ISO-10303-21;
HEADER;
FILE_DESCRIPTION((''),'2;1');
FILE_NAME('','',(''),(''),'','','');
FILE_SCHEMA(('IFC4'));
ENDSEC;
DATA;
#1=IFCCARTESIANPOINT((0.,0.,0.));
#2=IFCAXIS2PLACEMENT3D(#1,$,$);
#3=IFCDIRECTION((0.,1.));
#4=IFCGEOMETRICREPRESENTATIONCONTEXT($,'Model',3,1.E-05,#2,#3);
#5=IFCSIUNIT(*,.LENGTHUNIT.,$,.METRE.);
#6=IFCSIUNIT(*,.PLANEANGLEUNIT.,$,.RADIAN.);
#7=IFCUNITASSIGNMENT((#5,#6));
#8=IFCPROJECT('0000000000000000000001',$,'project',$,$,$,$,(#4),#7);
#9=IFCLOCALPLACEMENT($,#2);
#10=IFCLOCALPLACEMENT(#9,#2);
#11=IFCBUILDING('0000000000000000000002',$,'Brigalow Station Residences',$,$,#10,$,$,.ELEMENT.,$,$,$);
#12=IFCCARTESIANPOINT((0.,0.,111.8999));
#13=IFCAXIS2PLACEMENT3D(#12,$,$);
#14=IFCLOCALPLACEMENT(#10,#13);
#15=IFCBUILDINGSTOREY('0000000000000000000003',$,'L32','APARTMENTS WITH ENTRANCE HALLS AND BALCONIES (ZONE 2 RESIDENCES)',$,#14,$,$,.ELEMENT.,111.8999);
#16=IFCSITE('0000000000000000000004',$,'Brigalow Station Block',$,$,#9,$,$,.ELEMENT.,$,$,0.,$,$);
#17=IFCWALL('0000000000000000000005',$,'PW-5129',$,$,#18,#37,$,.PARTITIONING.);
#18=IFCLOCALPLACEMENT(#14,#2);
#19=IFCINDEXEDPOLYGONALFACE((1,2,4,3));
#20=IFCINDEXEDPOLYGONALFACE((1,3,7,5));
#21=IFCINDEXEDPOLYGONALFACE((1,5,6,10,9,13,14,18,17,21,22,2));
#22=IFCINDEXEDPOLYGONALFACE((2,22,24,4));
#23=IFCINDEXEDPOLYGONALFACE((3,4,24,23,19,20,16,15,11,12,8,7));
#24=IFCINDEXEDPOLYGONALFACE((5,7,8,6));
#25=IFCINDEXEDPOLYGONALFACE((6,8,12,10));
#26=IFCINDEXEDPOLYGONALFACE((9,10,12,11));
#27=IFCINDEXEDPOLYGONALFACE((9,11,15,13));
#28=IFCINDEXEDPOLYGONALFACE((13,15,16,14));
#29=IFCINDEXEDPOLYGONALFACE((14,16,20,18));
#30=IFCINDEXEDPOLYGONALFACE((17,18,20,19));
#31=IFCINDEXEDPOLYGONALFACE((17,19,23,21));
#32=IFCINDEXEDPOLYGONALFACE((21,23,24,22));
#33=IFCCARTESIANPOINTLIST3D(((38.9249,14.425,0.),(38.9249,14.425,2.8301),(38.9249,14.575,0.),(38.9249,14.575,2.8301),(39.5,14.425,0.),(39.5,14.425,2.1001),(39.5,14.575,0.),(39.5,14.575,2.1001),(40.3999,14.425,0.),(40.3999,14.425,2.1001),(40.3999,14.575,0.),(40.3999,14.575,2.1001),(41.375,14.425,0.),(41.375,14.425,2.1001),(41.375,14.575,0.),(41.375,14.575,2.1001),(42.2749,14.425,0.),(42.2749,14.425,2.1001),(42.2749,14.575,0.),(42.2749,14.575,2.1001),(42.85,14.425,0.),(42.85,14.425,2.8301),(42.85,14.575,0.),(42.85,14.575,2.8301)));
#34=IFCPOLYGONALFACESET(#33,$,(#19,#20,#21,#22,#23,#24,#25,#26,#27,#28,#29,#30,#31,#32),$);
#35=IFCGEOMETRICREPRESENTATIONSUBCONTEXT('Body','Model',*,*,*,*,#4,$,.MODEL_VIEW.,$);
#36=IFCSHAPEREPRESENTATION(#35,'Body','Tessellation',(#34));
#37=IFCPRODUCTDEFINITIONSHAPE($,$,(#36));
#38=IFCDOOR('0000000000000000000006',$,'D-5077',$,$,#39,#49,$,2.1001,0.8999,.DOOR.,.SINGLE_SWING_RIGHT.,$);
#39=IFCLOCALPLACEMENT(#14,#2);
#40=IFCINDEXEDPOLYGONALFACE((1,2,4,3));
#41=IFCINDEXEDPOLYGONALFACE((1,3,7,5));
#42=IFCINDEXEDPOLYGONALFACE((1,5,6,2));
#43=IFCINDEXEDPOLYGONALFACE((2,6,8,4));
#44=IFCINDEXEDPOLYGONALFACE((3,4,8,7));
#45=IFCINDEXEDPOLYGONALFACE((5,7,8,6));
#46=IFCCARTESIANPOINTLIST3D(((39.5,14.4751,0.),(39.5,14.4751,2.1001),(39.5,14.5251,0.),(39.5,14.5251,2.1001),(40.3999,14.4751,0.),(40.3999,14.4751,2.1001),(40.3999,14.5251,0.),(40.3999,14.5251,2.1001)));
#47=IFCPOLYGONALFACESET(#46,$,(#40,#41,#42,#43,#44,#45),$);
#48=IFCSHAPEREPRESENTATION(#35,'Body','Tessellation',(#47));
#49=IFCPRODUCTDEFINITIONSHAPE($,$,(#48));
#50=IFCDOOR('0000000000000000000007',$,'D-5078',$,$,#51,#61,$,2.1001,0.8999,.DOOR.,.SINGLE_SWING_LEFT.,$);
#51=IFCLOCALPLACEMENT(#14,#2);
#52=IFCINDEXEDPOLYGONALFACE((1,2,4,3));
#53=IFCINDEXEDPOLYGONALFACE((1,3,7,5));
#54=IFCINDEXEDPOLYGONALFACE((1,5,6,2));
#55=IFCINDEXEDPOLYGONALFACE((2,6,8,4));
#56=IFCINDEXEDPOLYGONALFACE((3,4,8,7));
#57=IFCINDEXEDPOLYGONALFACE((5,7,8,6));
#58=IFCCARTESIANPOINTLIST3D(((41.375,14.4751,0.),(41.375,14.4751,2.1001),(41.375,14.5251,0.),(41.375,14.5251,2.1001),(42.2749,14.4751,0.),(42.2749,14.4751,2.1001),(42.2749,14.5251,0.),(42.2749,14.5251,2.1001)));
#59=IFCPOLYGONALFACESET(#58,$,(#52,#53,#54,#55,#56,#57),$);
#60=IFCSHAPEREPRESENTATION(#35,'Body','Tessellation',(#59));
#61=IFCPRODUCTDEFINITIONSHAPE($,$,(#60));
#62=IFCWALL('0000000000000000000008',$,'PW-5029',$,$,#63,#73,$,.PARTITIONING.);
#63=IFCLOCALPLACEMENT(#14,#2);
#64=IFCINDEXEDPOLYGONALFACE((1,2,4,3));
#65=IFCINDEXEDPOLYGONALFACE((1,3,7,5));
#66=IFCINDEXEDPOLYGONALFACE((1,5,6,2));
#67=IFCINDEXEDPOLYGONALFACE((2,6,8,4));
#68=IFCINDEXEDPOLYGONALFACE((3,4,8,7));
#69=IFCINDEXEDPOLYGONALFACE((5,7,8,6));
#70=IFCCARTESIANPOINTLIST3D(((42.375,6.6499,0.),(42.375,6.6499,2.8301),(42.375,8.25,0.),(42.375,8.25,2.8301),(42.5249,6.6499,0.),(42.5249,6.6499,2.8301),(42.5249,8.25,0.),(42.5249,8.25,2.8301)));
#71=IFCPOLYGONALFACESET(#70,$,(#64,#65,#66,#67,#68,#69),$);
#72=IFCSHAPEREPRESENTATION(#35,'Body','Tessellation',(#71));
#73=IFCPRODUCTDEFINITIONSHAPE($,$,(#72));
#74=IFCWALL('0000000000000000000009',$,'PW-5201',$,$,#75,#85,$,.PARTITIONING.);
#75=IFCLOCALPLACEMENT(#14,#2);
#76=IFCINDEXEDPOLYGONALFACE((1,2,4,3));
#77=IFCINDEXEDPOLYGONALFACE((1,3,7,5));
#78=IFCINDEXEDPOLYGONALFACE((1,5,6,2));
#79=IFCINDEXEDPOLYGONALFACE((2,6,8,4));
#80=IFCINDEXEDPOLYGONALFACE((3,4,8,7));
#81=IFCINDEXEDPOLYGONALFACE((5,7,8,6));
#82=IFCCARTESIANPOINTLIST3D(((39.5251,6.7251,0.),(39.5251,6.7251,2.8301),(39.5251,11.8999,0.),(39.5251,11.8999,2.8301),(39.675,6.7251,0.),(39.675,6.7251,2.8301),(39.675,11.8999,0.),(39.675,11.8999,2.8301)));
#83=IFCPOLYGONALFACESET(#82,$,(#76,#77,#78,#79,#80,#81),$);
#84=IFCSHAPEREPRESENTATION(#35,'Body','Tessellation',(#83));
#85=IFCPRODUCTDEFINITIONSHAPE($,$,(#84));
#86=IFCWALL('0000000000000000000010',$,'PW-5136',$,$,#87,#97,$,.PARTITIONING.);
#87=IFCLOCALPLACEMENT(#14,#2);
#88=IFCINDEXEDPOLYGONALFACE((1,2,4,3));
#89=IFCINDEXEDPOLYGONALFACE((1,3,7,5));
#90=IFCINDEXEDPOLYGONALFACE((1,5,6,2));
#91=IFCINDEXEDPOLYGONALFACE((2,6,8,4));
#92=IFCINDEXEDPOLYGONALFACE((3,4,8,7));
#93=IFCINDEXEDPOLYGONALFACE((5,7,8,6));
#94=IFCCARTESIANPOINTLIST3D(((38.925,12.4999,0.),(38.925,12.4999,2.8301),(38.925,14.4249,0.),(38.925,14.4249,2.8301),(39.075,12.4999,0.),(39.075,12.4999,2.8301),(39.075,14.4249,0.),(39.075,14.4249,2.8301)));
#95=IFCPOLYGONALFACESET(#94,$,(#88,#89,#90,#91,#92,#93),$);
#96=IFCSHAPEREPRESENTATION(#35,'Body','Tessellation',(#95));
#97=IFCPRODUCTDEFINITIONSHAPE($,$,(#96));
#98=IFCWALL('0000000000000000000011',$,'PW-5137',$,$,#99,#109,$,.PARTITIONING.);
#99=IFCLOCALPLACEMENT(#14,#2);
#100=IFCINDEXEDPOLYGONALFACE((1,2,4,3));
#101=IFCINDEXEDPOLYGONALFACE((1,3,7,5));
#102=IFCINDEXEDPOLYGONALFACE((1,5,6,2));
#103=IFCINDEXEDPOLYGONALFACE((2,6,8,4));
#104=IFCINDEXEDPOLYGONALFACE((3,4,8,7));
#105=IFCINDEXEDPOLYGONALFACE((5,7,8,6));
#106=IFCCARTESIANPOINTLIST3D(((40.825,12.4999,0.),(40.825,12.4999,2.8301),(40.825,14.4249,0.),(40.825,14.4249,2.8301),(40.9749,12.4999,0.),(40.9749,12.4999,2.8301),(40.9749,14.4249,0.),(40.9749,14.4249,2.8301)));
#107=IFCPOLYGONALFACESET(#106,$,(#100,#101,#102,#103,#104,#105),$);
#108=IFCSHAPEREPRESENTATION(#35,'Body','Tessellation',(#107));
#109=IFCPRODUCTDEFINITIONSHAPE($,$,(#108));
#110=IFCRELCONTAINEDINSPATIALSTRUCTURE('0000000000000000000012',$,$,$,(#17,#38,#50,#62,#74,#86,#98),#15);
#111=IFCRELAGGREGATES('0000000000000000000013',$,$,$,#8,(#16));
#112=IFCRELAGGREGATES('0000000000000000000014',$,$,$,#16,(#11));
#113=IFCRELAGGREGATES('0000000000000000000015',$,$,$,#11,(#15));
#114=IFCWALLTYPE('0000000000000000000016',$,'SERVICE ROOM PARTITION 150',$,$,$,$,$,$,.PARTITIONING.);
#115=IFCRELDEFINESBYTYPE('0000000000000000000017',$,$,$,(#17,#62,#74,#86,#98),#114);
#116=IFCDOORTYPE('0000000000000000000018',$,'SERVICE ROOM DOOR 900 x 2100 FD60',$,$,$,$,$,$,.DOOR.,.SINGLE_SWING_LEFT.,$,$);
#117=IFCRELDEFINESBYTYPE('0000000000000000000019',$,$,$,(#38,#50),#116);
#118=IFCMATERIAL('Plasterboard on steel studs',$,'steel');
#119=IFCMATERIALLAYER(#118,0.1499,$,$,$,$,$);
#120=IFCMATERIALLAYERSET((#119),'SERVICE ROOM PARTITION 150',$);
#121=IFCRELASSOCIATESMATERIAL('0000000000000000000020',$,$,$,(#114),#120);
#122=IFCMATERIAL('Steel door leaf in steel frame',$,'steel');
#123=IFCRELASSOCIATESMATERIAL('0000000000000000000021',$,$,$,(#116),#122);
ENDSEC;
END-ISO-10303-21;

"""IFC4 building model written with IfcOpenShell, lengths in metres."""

from ifc_helpers import new_model, si_unit, direction, frame, frame_2d, origin, place, context, subcontext, project, spatial, rectangle, extrude, material, layer, layer_set, type_object, element, fill, save


model = new_model("IFC4")

# Units and contexts
model_context = context("Model", 3, precision=1e-05, world=origin(), true_north=direction((0.0, 1.0)))
body_context = subcontext(model_context, "Body", "Model", "MODEL_VIEW")
ifc_project = project(units=[si_unit("LENGTHUNIT", "METRE"), si_unit("PLANEANGLEUNIT", "RADIAN")], contexts=[model_context])

# Site, building, storey
site_placement = place(None, origin())
site = spatial("IfcSite", under=ifc_project, at=site_placement, Name="Brigalow Station Block", CompositionType="ELEMENT", RefElevation=0.0)
building_placement = place(site_placement, origin())
building = spatial("IfcBuilding", under=site, at=building_placement, Name="Brigalow Station Residences", CompositionType="ELEMENT")
storey_placement = place(building_placement, frame((0.0, 0.0, 111.8999)))
storey = spatial("IfcBuildingStorey", under=building, at=storey_placement, Name="L32", Description="APARTMENTS WITH ENTRANCE HALLS AND BALCONIES (ZONE 2 RESIDENCES)", CompositionType="ELEMENT", Elevation=111.8999)

# Wall, openings, doors
ifc_material_1 = material(Name="Plasterboard on steel studs", Category="steel")
ifc_layer_1 = layer(ifc_material_1, 0.1499)
ifc_layer_set_1 = layer_set([ifc_layer_1], Name="SERVICE ROOM PARTITION 150")
wall_type_1 = type_object("IfcWallType", Name="SERVICE ROOM PARTITION 150", PredefinedType="PARTITIONING", material=ifc_layer_set_1)
wall_1_placement = place(storey_placement, frame((38.925, 14.5, 0.0), z_axis=(0.0, 0.0, 1.0), x_axis=(1.0, 0.0, 0.0)))
wall_1 = element("IfcWall", 1, at=wall_1_placement, inside=storey, type_object=wall_type_1, Name="PW-5129", PredefinedType="PARTITIONING", context=body_context, shape_type="SweptSolid", body=[
    extrude(rectangle(XDim=3.925, YDim=0.1499, at=frame_2d((1.9624, 0.0))), origin(), (0.0, 0.0, 1.0), 2.8301),
])
opening_1_placement = place(wall_1_placement, frame((0.575, 0.0, 0.0)))
opening_1 = element("IfcOpeningElement", 2, at=opening_1_placement, cuts=wall_1, PredefinedType="OPENING", context=body_context, shape_type="SweptSolid", body=[
    extrude(rectangle(XDim=0.8999, YDim=2.1001, at=frame_2d((0.45, 1.05))), frame((0.0, 0.085, 0.0), z_axis=(0.0, -1.0, 0.0), x_axis=(1.0, 0.0, 0.0)), (0.0, 0.0, 1.0), 0.1699),
])
opening_2_placement = place(wall_1_placement, frame((2.45, 0.0, 0.0)))
opening_2 = element("IfcOpeningElement", 3, at=opening_2_placement, cuts=wall_1, PredefinedType="OPENING", context=body_context, shape_type="SweptSolid", body=[
    extrude(rectangle(XDim=0.8999, YDim=2.1001, at=frame_2d((0.45, 1.05))), frame((0.0, 0.085, 0.0), z_axis=(0.0, -1.0, 0.0), x_axis=(1.0, 0.0, 0.0)), (0.0, 0.0, 1.0), 0.1699),
])
ifc_material_2 = material(Name="Steel door leaf in steel frame", Category="steel")
door_type_1 = type_object("IfcDoorType", Name="SERVICE ROOM DOOR 900 x 2100 FD60", OperationType="SINGLE_SWING_LEFT", PredefinedType="DOOR", material=ifc_material_2)
door_1_placement = place(opening_1_placement, frame((0.8999, 0.0, 0.0), z_axis=(0.0, 0.0, 1.0), x_axis=(-1.0, 0.0, 0.0)))
door_1 = element("IfcDoor", 4, at=door_1_placement, inside=storey, type_object=door_type_1, Name="D-5077", OperationType="SINGLE_SWING_RIGHT", OverallHeight=2.1001, OverallWidth=0.8999, PredefinedType="DOOR", context=body_context, shape_type="SweptSolid", body=[
    extrude(rectangle(XDim=0.8999, YDim=2.1001, at=frame_2d((0.45, 1.05))), frame((0.0, 0.0249, 0.0), z_axis=(0.0, -1.0, 0.0), x_axis=(1.0, 0.0, 0.0)), (0.0, 0.0, 1.0), 0.05),
])
fill(opening_1, door_1)
door_2_placement = place(opening_2_placement, frame((0.8999, 0.0, 0.0), z_axis=(0.0, 0.0, 1.0), x_axis=(-1.0, 0.0, 0.0)))
door_2 = element("IfcDoor", 5, at=door_2_placement, inside=storey, type_object=door_type_1, Name="D-5078", OperationType="SINGLE_SWING_LEFT", OverallHeight=2.1001, OverallWidth=0.8999, PredefinedType="DOOR", context=body_context, shape_type="SweptSolid", body=[
    extrude(rectangle(XDim=0.8999, YDim=2.1001, at=frame_2d((0.45, 1.05))), frame((0.0, 0.0249, 0.0), z_axis=(0.0, -1.0, 0.0), x_axis=(1.0, 0.0, 0.0)), (0.0, 0.0, 1.0), 0.05),
])
fill(opening_2, door_2)

# Walls
wall_2_placement = place(storey_placement, frame((42.45, 6.6499, 0.0), z_axis=(0.0, 0.0, 1.0), x_axis=(0.0, 1.0, 0.0)))
element("IfcWall", 6, at=wall_2_placement, inside=storey, type_object=wall_type_1, Name="PW-5029", PredefinedType="PARTITIONING", context=body_context, shape_type="SweptSolid", body=[
    extrude(rectangle(XDim=1.6001, YDim=0.1499, at=frame_2d((0.8, 0.0))), origin(), (0.0, 0.0, 1.0), 2.8301),
])
wall_3_placement = place(storey_placement, frame((39.6001, 6.7251, 0.0), z_axis=(0.0, 0.0, 1.0), x_axis=(0.0, 1.0, 0.0)))
element("IfcWall", 7, at=wall_3_placement, inside=storey, type_object=wall_type_1, Name="PW-5201", PredefinedType="PARTITIONING", context=body_context, shape_type="SweptSolid", body=[
    extrude(rectangle(XDim=5.1748, YDim=0.1499, at=frame_2d((2.5874, 0.0))), origin(), (0.0, 0.0, 1.0), 2.8301),
])
for number, where, z_axis, x_axis, name in (
    (8, (39.0, 12.5, 0.0), (0.0, 0.0, 1.0), (0.0, 1.0, 0.0), "PW-5136"),
    (9, (40.8999, 12.5, 0.0), (0.0, 0.0, 1.0), (0.0, 1.0, 0.0), "PW-5137"),
):
    element("IfcWall", number, at=place(storey_placement, frame(where, z_axis=z_axis, x_axis=x_axis)), inside=storey, type_object=wall_type_1, Name=name, PredefinedType="PARTITIONING", context=body_context, shape_type="SweptSolid", body=[
        extrude(rectangle(XDim=1.925, YDim=0.1499, at=frame_2d((0.9624, 0.0))), origin(), (0.0, 0.0, 1.0), 2.8301),
    ])

save(model, "model.ifc")
